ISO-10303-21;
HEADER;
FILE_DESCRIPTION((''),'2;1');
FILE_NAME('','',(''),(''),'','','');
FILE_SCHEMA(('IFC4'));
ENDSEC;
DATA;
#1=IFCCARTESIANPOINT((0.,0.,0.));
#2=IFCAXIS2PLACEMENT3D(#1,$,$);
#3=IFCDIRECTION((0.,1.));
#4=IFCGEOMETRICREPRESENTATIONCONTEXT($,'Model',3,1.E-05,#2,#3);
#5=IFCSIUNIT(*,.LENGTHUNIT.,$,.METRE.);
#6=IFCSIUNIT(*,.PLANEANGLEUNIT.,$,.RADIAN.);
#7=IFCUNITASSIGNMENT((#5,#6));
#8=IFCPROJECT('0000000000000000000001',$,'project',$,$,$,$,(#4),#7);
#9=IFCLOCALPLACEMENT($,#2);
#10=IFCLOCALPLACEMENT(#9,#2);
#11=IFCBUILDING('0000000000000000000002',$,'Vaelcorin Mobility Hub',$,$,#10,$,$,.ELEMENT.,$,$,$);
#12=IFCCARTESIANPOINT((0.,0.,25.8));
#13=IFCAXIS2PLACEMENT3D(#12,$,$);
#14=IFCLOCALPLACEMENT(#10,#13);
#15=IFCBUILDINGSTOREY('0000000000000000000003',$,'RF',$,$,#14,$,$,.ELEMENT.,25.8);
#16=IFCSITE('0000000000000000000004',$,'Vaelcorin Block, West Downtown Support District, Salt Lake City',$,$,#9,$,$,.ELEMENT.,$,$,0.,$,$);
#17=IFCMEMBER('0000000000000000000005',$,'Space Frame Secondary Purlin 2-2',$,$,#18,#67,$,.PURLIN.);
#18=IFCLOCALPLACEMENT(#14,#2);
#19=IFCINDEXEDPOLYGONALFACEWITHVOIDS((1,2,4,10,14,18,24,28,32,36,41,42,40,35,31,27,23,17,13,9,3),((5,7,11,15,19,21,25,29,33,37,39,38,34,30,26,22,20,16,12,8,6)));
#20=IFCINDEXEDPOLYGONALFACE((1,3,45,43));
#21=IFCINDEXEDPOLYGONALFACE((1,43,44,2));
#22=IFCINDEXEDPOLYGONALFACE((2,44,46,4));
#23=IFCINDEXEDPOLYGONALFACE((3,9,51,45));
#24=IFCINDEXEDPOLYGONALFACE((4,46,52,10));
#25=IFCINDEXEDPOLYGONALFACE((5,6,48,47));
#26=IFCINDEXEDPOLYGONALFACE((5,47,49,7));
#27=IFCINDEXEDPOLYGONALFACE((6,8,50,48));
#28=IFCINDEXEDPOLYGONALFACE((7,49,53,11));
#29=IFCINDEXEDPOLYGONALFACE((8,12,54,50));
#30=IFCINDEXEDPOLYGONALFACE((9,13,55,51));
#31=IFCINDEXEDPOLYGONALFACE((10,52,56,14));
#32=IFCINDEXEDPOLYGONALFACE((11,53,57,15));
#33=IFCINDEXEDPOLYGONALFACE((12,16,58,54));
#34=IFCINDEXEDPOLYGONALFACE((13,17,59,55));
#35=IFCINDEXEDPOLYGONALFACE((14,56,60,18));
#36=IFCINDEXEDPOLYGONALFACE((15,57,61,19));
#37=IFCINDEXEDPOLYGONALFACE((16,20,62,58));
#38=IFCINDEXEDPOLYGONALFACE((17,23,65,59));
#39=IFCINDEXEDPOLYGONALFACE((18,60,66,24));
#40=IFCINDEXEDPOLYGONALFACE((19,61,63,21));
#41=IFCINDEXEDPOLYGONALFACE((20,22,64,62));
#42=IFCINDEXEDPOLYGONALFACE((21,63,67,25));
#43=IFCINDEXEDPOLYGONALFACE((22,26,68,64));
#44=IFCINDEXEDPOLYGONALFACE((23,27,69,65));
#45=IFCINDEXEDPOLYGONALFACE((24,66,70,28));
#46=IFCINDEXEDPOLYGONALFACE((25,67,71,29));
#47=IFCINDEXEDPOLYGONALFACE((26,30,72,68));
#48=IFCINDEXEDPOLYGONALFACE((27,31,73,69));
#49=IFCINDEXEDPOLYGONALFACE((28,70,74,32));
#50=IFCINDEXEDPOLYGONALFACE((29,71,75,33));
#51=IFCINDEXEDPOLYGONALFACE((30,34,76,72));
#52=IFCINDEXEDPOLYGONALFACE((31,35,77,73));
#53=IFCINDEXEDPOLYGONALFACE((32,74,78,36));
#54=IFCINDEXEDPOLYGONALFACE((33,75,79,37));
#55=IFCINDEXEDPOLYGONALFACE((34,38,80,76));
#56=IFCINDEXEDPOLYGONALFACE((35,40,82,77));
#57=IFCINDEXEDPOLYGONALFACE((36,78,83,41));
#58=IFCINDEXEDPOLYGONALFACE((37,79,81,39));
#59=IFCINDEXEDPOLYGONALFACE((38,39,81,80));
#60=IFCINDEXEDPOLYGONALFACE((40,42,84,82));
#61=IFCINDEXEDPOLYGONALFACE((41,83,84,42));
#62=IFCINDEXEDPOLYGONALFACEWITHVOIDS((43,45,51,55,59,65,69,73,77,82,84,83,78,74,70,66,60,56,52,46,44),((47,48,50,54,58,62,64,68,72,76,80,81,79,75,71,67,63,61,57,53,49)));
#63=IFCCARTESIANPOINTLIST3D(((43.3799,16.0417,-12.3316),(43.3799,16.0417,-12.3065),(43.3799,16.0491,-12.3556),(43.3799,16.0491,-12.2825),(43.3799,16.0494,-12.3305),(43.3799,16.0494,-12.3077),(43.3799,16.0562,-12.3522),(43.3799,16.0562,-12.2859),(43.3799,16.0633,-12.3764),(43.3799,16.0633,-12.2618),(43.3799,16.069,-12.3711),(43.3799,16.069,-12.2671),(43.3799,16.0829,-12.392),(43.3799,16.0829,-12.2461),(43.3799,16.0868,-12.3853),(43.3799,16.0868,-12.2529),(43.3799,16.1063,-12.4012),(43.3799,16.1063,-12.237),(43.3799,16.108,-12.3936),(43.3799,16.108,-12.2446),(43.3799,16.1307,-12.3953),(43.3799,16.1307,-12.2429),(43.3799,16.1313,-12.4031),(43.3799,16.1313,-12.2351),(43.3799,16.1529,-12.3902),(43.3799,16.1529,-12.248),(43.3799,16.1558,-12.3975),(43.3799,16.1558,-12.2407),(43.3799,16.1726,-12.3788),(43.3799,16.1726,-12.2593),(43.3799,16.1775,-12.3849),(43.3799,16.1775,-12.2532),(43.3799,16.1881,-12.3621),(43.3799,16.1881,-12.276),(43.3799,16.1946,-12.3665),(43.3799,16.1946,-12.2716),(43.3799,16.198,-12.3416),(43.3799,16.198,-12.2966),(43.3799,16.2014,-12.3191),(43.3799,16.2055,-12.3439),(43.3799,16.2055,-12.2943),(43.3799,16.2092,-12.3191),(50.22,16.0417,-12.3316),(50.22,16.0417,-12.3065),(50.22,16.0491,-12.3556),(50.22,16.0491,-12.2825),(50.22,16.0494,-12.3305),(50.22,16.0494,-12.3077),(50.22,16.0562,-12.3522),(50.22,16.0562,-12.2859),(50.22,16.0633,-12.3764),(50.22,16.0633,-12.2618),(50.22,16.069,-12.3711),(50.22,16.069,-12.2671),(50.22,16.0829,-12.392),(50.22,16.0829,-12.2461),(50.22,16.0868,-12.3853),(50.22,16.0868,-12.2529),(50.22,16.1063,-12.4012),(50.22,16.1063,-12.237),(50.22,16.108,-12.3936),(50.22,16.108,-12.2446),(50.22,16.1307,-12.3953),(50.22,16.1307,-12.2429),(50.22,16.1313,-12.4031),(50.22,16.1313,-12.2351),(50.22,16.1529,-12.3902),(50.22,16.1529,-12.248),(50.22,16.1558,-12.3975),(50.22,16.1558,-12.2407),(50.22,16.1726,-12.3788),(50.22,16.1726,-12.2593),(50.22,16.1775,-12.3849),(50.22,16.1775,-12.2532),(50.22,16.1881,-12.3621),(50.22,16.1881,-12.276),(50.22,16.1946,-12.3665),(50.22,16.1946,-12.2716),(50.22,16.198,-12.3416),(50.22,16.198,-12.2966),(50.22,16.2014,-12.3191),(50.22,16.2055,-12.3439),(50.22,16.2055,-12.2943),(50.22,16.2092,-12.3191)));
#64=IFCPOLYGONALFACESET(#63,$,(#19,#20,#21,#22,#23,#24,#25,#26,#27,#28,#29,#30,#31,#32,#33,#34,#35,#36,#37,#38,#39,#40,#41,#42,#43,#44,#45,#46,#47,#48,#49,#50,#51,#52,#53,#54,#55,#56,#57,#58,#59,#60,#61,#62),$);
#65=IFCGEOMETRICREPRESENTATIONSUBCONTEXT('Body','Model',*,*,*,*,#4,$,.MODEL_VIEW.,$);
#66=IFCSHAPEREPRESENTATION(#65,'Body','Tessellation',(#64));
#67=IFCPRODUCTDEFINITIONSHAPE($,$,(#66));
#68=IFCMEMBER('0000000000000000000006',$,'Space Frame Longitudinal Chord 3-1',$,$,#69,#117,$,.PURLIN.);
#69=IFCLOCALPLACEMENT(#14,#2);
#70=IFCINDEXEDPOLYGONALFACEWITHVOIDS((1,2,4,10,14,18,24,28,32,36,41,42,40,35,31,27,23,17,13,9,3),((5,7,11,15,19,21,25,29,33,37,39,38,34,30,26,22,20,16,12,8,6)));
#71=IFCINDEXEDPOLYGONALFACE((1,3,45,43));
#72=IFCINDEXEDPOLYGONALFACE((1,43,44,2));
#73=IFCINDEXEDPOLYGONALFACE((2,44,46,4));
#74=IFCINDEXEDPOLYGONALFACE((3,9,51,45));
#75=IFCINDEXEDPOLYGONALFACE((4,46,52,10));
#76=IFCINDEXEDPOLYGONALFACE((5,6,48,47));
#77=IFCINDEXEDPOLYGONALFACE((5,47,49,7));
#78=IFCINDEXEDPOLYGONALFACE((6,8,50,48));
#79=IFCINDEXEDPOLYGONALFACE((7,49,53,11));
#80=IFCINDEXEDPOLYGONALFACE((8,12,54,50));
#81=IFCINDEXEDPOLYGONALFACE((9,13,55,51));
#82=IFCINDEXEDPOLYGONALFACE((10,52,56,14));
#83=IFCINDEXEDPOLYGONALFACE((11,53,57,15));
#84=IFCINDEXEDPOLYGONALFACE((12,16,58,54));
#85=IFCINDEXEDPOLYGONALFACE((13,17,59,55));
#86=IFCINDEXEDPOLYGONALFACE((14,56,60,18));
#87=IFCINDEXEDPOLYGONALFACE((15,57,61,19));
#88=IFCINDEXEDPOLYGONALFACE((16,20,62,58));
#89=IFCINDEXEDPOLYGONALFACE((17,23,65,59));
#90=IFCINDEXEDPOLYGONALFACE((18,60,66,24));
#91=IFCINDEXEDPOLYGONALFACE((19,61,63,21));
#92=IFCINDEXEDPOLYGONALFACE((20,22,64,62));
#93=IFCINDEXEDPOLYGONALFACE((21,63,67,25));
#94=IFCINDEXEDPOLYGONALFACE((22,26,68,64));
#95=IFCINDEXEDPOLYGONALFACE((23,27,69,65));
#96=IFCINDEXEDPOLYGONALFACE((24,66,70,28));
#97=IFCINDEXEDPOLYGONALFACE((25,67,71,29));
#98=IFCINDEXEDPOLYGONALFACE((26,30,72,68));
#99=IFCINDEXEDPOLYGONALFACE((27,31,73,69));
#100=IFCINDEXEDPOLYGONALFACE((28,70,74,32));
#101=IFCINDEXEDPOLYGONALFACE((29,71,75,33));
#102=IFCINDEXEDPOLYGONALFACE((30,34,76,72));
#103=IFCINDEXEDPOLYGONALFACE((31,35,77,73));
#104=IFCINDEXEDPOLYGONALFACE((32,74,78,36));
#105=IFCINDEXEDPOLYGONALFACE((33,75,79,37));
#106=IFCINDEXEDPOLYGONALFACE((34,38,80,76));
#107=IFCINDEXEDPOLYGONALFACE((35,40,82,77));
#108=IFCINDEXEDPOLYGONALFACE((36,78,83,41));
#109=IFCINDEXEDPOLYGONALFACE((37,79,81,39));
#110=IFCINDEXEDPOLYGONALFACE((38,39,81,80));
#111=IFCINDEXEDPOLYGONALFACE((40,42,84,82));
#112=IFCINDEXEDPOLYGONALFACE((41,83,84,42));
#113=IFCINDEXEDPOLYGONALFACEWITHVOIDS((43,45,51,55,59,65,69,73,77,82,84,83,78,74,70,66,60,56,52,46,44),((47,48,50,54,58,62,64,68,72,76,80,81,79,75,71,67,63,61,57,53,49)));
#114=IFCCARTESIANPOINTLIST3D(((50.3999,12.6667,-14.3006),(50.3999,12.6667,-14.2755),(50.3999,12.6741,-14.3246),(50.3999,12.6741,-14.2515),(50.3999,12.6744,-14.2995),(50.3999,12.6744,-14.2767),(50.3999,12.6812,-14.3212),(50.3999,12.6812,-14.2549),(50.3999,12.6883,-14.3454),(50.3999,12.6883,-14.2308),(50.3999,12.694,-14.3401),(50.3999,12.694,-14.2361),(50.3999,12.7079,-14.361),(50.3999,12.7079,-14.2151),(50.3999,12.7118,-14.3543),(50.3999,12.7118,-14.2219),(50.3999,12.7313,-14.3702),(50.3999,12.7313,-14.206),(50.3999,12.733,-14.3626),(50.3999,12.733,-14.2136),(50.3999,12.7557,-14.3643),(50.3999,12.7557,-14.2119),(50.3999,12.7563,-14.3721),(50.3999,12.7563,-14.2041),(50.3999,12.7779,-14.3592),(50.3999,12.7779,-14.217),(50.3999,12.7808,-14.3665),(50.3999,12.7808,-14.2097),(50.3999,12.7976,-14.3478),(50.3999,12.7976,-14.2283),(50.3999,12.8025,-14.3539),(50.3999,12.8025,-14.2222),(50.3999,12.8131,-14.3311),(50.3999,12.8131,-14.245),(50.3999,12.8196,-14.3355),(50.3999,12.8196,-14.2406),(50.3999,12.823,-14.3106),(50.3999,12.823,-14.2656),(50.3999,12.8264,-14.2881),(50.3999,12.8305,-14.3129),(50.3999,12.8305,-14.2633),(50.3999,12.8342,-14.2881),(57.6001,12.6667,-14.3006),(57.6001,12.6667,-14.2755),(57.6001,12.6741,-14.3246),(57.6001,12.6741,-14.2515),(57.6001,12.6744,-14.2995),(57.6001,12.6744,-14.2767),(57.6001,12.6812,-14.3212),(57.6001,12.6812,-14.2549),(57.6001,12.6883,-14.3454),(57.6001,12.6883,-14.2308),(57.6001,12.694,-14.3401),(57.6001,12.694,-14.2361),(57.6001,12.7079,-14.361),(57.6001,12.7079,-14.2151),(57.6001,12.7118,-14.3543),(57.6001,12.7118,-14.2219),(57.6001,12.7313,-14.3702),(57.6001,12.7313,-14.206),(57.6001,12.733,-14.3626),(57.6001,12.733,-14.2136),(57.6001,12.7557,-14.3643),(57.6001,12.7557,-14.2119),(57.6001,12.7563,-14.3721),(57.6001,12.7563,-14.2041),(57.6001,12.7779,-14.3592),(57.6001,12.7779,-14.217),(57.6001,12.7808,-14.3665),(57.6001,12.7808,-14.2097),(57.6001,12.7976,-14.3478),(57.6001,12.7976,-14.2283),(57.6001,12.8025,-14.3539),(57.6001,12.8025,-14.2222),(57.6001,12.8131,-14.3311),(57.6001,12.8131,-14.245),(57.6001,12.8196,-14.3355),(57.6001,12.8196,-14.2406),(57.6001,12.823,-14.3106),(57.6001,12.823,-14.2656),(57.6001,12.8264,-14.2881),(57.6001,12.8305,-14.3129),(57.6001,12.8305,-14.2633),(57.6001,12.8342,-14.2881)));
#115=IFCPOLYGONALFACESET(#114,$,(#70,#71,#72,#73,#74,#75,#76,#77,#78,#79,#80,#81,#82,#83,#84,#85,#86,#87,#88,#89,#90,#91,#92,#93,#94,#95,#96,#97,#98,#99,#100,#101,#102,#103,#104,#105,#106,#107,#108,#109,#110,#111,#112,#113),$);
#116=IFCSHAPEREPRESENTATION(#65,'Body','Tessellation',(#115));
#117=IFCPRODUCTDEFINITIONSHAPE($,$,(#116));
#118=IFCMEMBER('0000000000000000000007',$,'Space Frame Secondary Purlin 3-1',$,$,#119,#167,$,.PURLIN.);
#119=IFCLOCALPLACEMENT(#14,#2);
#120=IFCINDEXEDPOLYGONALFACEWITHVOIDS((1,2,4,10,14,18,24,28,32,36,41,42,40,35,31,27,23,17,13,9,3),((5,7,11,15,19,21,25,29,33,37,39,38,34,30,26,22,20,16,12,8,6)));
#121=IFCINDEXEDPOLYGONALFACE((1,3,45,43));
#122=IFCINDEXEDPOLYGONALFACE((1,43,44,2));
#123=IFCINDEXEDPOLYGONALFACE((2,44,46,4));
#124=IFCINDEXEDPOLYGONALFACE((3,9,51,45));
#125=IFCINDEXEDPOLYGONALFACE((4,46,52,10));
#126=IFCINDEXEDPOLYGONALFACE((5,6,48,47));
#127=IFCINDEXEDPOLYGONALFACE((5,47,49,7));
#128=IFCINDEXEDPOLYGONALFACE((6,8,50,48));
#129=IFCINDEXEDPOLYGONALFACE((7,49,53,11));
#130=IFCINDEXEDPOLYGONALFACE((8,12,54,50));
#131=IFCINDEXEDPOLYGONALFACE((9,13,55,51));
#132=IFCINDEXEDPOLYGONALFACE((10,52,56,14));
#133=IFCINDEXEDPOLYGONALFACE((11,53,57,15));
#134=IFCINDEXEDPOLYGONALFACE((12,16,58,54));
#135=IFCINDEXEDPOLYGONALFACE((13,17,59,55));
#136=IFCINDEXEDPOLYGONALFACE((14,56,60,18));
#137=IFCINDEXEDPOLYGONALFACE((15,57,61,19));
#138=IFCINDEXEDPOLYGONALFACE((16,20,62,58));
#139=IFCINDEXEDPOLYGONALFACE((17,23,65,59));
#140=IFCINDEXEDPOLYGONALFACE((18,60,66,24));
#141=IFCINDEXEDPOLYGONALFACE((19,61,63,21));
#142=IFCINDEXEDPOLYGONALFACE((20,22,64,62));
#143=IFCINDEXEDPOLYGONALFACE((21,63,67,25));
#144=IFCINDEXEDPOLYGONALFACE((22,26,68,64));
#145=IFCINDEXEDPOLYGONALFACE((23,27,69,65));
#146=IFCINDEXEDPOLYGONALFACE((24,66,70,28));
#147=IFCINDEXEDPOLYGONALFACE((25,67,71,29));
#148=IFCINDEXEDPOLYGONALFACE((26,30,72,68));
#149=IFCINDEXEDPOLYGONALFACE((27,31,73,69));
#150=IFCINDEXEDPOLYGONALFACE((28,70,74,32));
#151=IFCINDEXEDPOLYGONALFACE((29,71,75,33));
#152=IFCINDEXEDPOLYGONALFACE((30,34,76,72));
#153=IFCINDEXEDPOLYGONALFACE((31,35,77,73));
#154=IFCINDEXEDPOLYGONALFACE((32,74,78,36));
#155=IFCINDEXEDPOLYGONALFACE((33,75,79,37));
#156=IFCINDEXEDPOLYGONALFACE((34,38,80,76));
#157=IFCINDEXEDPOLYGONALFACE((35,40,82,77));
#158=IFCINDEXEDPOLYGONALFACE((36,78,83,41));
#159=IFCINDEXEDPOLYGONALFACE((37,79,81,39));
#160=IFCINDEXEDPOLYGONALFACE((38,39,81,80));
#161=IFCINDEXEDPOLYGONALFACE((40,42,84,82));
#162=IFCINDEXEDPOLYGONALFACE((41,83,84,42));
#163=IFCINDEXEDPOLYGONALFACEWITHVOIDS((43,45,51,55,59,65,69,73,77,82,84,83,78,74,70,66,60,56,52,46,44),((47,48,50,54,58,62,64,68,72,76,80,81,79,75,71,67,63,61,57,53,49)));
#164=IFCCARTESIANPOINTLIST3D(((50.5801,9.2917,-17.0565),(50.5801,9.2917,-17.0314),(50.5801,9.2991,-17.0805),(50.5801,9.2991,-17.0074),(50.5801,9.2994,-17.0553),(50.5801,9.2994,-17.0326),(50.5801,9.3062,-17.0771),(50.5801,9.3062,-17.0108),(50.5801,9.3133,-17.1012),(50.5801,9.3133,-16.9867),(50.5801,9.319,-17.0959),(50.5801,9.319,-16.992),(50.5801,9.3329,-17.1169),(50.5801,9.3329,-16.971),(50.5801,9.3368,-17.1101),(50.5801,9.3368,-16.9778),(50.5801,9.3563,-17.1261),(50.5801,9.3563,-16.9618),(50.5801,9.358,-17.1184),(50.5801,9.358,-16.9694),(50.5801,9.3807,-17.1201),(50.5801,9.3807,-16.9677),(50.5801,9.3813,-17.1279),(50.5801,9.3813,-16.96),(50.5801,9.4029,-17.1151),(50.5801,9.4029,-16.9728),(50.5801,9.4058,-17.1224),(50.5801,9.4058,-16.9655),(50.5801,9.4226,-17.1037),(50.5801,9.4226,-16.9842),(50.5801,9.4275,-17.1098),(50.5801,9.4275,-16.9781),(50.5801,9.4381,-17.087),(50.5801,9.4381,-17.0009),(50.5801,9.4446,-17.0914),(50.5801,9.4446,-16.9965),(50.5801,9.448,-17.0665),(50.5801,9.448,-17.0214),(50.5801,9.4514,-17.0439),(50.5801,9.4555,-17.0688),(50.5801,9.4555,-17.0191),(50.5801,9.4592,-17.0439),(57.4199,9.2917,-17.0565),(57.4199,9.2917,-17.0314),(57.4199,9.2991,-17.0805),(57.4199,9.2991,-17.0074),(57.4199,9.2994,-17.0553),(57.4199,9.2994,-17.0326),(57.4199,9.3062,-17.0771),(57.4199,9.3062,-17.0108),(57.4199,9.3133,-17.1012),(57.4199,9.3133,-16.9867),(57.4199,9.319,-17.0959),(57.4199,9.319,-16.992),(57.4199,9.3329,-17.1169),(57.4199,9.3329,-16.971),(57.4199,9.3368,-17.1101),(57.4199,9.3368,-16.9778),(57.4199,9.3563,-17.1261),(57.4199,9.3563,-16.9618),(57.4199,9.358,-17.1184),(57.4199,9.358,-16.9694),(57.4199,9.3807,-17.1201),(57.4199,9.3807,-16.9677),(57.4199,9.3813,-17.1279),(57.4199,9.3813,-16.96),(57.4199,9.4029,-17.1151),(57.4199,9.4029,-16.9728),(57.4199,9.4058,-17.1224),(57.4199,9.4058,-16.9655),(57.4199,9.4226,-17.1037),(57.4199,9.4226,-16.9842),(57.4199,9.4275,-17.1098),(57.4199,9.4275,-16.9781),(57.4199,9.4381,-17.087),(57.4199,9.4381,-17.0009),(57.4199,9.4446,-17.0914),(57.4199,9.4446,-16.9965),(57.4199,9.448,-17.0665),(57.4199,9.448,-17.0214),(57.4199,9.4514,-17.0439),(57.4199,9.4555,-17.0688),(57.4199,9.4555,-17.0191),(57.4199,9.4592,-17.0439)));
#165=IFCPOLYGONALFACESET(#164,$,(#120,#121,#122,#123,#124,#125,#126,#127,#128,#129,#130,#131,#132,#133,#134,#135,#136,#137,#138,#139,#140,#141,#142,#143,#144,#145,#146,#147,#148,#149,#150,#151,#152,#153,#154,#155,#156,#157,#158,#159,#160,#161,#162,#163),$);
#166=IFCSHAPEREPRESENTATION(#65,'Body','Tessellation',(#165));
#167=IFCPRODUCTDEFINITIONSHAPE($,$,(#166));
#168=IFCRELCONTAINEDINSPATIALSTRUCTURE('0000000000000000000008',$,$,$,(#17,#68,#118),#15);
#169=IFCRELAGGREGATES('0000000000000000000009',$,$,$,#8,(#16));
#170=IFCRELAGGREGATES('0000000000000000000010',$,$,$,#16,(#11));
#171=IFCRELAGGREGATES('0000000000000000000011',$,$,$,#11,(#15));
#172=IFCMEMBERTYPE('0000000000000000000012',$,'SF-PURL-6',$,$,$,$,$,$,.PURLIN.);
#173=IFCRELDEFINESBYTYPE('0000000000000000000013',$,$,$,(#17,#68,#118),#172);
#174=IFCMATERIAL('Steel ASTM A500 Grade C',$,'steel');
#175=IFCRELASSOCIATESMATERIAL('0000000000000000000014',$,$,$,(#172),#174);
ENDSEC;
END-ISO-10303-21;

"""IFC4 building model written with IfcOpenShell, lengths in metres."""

from ifc_helpers import new_model, si_unit, direction, frame, origin, origin_2d, place, context, subcontext, project, spatial, hollow_circle, extrude, material, material_profile, profile_set, type_object, element, save


model = new_model("IFC4")

# Units and contexts
model_context = context("Model", 3, precision=1e-05, world=origin(), true_north=direction((0.0, 1.0)))
body_context = subcontext(model_context, "Body", "Model", "MODEL_VIEW")
ifc_project = project(units=[si_unit("LENGTHUNIT", "METRE"), si_unit("PLANEANGLEUNIT", "RADIAN")], contexts=[model_context])

# Site, building, storey
site_placement = place(None, origin())
site = spatial("IfcSite", under=ifc_project, at=site_placement, Name="Vaelcorin Block, West Downtown Support District, Salt Lake City", CompositionType="ELEMENT", RefElevation=0.0)
building_placement = place(site_placement, origin())
building = spatial("IfcBuilding", under=site, at=building_placement, Name="Vaelcorin Mobility Hub", CompositionType="ELEMENT")
storey_placement = place(building_placement, frame((0.0, 0.0, 25.8)))
storey = spatial("IfcBuildingStorey", under=building, at=storey_placement, Name="RF", CompositionType="ELEMENT", Elevation=25.8)

# Members
ifc_material_1 = material(Name="Steel ASTM A500 Grade C", Category="steel")
ifc_material_profile_1 = material_profile(ifc_material_1, hollow_circle(Radius=0.0842, WallThickness=0.0078, at=origin_2d()), Name="HSS6.625X0.312")
ifc_profile_set_1 = profile_set([ifc_material_profile_1], Name="Steel ASTM A500 Grade C")
member_type_1 = type_object("IfcMemberType", Name="SF-PURL-6", PredefinedType="PURLIN", material=ifc_profile_set_1)
for number, where, z_axis, x_axis, name in (
    (1, (43.3799, 16.125, -12.3191), (1.0, 0.0, 0.0), (0.0, 1.0, 0.0), "Space Frame Secondary Purlin 2-2"),
):
    element("IfcMember", number, at=place(storey_placement, frame(where, z_axis=z_axis, x_axis=x_axis)), inside=storey, type_object=member_type_1, Name=name, PredefinedType="PURLIN", context=body_context, shape_type="SweptSolid", body=[
        extrude(hollow_circle(Radius=0.0842, WallThickness=0.0078, at=origin_2d()), origin(), (0.0, 0.0, 1.0), 6.8401),
    ])
member_1_placement = place(storey_placement, frame((50.3999, 12.75, -14.2881), z_axis=(1.0, 0.0, 0.0), x_axis=(0.0, 1.0, 0.0)))
element("IfcMember", 2, at=member_1_placement, inside=storey, type_object=member_type_1, Name="Space Frame Longitudinal Chord 3-1", PredefinedType="PURLIN", context=body_context, shape_type="SweptSolid", body=[
    extrude(hollow_circle(Radius=0.0842, WallThickness=0.0078, at=origin_2d()), origin(), (0.0, 0.0, 1.0), 7.2002),
])
member_2_placement = place(storey_placement, frame((50.5801, 9.375, -17.0439), z_axis=(1.0, 0.0, 0.0), x_axis=(0.0, 1.0, 0.0)))
element("IfcMember", 3, at=member_2_placement, inside=storey, type_object=member_type_1, Name="Space Frame Secondary Purlin 3-1", PredefinedType="PURLIN", context=body_context, shape_type="SweptSolid", body=[
    extrude(hollow_circle(Radius=0.0842, WallThickness=0.0078, at=origin_2d()), origin(), (0.0, 0.0, 1.0), 6.8398),
])

save(model, "model.ifc")
